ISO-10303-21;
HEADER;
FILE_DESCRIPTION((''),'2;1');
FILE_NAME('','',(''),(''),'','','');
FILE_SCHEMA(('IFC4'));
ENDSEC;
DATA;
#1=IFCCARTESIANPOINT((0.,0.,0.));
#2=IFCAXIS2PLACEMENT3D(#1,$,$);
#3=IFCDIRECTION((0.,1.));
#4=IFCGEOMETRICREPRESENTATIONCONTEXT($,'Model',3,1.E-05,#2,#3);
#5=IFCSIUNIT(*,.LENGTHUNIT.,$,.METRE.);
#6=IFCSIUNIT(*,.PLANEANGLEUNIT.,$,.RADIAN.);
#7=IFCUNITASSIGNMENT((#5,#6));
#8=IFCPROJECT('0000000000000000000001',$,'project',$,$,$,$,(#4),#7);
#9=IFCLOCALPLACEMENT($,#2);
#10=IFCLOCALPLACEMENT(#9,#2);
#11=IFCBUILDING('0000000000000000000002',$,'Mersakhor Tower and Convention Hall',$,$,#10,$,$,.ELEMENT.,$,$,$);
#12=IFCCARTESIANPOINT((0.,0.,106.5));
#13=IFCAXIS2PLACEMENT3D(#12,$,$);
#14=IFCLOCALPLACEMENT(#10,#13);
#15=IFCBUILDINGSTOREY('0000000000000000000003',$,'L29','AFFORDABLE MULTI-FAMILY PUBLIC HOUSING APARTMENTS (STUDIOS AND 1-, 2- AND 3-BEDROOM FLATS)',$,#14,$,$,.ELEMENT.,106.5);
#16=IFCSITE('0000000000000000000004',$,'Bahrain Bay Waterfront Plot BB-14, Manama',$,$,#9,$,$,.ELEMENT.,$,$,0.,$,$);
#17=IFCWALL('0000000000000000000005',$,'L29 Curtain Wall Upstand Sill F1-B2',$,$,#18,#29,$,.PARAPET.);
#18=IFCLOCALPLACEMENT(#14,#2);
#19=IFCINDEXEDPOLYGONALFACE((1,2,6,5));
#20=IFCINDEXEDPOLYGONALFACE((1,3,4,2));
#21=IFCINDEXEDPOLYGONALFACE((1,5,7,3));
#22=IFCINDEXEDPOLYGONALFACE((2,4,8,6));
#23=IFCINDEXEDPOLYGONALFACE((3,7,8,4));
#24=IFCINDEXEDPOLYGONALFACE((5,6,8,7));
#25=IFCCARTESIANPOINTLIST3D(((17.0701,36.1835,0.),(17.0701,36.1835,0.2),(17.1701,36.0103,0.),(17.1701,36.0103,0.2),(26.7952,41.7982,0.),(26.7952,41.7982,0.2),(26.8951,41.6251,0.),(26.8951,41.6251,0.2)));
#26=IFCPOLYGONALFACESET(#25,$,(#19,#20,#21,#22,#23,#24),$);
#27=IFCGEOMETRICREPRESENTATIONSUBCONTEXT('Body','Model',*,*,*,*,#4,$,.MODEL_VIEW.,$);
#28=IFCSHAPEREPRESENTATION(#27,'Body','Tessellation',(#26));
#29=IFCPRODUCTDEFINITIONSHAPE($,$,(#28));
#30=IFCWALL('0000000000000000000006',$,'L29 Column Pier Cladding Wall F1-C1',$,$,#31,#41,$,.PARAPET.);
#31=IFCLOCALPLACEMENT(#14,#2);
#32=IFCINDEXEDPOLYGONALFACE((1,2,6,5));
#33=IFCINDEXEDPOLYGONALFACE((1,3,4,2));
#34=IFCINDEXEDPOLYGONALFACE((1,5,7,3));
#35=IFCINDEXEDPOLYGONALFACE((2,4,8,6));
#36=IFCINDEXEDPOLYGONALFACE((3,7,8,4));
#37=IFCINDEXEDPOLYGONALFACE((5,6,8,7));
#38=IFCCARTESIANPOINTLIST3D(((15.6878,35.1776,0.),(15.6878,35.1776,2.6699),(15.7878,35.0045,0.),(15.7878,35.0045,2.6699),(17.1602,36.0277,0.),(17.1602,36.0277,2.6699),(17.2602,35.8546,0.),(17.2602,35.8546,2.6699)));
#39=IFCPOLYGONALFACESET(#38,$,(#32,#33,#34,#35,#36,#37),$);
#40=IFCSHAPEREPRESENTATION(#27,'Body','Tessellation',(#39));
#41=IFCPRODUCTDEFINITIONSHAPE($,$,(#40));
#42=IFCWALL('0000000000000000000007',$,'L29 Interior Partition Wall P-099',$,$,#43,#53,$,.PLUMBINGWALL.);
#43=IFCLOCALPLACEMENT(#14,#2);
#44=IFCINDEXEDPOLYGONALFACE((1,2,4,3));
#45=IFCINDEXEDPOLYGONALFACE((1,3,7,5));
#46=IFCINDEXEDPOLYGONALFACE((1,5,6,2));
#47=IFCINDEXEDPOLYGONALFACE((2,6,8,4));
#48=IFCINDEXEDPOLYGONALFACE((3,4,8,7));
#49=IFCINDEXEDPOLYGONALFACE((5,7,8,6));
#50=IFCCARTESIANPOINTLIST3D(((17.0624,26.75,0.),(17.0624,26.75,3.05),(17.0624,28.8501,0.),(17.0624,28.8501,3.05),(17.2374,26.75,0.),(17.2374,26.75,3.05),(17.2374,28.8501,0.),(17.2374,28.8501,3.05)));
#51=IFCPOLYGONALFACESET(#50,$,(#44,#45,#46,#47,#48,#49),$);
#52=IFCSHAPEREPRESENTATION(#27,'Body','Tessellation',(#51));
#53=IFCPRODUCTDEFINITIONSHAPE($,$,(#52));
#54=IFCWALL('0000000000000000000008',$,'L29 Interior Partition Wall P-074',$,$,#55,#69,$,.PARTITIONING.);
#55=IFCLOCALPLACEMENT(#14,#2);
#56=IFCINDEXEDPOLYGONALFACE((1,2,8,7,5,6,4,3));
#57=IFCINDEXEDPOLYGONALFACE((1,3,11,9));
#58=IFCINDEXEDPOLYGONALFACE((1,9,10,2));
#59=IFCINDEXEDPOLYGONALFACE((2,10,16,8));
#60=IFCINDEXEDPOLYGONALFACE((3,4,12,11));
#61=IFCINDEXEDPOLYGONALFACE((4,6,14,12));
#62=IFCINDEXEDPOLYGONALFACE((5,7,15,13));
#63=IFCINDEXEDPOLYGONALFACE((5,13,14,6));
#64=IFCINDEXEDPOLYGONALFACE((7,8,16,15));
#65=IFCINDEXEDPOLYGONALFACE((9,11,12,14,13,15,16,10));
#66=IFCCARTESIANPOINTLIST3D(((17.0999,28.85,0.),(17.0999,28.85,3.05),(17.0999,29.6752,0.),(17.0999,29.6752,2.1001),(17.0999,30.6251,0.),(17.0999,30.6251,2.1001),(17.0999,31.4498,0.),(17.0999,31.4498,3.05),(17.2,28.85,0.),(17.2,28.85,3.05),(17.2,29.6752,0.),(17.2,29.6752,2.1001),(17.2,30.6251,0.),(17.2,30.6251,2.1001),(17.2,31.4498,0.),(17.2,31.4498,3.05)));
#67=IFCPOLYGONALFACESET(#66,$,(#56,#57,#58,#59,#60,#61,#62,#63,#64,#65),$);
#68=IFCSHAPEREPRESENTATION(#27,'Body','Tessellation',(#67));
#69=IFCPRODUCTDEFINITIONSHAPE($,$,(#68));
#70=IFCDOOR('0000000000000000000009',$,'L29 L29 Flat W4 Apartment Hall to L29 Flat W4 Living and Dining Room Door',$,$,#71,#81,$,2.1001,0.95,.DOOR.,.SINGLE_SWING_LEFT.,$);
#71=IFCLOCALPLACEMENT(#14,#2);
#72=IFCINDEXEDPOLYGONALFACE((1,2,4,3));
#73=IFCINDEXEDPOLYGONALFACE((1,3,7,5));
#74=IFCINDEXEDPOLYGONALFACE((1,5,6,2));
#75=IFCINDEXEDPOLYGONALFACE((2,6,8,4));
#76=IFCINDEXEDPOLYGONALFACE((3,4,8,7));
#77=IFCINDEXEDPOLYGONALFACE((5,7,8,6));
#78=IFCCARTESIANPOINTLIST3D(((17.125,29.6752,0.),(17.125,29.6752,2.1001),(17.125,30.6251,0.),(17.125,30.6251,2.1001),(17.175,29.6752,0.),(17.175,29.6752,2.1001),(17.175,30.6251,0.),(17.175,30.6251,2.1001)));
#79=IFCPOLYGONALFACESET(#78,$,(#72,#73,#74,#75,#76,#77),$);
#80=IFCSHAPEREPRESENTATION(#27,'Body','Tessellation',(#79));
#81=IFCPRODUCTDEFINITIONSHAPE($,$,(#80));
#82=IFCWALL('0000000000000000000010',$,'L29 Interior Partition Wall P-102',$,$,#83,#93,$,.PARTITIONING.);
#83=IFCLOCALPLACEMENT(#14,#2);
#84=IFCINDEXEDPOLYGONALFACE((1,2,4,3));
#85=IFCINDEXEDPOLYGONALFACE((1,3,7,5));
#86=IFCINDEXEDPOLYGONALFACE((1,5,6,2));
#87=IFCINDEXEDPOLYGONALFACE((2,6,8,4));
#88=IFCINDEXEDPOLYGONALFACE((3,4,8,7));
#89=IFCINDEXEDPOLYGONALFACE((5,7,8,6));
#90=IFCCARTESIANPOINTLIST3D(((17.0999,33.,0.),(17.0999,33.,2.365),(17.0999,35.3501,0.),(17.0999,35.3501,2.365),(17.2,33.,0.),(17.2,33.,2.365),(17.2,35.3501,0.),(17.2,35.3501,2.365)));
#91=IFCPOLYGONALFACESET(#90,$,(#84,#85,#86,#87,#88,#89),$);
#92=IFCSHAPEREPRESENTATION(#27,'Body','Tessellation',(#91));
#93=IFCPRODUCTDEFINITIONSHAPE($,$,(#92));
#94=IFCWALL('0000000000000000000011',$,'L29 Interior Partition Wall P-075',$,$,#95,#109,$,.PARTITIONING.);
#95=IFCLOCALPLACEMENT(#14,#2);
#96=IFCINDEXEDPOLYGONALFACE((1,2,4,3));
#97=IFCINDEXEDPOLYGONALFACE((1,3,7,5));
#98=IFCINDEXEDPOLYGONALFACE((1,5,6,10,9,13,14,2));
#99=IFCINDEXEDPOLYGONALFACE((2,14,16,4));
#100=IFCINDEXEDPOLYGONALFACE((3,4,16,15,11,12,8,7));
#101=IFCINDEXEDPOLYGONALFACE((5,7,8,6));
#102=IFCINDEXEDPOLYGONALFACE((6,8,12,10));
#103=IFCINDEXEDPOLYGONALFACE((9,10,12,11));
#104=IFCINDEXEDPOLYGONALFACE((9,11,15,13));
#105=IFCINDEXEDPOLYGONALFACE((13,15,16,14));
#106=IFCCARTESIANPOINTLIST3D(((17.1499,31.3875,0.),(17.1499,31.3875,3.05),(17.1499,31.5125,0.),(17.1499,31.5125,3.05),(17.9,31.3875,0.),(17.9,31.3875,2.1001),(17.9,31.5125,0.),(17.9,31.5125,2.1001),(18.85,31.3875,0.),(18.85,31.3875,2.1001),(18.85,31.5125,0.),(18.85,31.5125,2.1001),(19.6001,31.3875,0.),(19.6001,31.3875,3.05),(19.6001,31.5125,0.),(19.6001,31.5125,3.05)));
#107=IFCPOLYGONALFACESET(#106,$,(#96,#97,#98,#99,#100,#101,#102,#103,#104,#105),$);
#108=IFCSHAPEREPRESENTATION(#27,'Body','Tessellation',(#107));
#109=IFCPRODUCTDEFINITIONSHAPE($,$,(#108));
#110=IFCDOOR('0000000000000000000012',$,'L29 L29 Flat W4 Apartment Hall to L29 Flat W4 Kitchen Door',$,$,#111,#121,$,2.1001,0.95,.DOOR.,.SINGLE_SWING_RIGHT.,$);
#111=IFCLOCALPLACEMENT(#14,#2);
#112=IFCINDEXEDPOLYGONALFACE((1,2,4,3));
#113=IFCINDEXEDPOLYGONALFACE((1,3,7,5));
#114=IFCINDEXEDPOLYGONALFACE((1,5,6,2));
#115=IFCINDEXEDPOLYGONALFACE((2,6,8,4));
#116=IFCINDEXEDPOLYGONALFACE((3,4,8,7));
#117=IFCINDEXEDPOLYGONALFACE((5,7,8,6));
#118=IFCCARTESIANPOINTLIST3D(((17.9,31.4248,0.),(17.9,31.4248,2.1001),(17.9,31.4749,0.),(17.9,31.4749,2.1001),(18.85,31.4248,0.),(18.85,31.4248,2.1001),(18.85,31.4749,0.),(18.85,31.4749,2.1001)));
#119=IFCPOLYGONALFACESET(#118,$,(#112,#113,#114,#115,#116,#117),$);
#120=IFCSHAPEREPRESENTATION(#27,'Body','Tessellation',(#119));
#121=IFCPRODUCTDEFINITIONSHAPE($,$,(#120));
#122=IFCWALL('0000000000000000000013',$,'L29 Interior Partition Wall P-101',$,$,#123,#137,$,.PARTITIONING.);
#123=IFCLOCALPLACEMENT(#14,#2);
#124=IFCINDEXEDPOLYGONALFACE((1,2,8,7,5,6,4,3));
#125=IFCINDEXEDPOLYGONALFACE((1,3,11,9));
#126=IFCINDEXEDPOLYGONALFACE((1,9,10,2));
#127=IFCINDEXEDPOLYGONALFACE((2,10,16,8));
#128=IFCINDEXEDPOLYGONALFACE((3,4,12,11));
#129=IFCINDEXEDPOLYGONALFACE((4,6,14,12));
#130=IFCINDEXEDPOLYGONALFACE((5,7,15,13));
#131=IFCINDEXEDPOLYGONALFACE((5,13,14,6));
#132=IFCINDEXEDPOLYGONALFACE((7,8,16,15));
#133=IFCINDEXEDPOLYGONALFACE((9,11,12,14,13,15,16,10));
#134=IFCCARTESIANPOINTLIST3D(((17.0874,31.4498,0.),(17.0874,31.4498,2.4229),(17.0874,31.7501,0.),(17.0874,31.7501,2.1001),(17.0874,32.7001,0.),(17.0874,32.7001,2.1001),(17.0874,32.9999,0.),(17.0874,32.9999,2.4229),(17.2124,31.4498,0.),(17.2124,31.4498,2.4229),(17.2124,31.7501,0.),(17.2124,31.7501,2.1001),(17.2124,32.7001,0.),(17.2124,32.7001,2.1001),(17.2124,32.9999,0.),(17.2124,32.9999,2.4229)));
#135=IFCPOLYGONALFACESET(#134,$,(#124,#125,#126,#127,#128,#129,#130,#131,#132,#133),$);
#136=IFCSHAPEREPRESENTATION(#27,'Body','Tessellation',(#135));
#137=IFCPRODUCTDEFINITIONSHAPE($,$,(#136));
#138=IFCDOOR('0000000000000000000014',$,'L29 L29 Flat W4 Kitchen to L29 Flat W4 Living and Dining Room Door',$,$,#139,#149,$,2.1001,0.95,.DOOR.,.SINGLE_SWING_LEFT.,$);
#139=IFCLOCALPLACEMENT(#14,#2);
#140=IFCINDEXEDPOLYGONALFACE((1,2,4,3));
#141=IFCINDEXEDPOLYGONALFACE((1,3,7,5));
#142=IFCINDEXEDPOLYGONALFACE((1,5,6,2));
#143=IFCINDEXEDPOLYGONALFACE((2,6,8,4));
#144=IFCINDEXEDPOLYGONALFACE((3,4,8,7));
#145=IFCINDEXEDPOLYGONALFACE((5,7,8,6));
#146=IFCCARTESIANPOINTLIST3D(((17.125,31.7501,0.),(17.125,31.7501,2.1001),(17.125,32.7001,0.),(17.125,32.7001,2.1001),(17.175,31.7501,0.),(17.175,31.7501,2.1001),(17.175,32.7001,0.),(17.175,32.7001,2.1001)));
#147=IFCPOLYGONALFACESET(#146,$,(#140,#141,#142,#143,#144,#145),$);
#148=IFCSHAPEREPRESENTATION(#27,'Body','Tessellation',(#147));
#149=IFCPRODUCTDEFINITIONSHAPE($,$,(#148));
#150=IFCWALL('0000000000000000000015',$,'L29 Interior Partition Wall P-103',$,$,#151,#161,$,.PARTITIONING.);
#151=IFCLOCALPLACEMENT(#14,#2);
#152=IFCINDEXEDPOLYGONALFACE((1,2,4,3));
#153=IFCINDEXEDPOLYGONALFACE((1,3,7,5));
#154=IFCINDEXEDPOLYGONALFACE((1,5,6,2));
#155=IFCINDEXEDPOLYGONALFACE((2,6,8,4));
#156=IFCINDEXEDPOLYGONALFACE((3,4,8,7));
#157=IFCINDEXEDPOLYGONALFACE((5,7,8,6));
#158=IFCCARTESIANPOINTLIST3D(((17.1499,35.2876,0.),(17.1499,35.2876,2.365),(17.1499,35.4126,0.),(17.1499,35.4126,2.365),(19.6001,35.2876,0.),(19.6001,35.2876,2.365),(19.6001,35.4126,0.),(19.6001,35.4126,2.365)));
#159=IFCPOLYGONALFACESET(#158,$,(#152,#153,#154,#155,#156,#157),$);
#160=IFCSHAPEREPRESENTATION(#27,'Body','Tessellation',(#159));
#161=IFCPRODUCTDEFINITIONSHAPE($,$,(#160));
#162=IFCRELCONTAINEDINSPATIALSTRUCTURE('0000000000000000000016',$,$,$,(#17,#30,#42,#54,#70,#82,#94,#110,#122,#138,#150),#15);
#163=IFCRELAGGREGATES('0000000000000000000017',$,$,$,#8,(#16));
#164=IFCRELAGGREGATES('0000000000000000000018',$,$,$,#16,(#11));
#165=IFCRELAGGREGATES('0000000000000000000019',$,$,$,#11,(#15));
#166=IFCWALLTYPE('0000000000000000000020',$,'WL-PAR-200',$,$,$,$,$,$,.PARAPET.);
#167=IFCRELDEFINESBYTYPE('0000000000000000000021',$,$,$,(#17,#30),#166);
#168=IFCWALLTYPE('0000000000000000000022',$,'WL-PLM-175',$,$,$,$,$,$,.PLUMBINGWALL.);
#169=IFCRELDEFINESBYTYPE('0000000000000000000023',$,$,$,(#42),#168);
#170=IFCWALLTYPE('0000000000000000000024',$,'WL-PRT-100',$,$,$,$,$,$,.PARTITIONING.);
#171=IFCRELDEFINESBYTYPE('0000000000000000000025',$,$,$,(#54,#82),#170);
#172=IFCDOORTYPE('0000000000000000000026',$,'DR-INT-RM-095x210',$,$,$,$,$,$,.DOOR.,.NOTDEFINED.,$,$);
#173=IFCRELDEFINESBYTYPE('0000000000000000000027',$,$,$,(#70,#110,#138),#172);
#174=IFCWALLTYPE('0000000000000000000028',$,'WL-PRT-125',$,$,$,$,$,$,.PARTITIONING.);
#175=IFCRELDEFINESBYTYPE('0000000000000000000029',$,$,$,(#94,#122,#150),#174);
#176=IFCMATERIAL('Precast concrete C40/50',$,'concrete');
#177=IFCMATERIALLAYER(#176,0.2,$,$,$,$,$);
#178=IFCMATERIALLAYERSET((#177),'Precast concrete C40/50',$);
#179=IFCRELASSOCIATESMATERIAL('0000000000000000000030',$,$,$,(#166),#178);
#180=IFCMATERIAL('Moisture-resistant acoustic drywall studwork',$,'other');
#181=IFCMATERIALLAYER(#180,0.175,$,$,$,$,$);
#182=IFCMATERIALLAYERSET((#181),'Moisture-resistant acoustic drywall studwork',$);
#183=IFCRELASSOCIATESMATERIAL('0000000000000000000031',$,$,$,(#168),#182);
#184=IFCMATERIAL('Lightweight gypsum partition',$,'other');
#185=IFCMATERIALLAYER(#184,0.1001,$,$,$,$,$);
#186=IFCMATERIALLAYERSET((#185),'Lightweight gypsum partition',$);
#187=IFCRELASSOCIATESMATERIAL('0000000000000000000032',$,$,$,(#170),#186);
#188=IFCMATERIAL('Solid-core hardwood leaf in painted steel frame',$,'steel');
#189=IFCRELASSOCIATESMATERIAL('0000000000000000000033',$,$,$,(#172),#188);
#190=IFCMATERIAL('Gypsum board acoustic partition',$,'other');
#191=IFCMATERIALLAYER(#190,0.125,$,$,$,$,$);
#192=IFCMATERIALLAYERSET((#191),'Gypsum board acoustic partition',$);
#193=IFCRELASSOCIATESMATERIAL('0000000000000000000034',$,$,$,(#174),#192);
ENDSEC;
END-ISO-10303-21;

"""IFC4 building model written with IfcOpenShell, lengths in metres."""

from ifc_helpers import new_model, si_unit, direction, frame, frame_2d, origin, place, context, subcontext, project, spatial, rectangle, extrude, material, layer, layer_set, type_object, element, fill, save


model = new_model("IFC4")

# Units and contexts
model_context = context("Model", 3, precision=1e-05, world=origin(), true_north=direction((0.0, 1.0)))
body_context = subcontext(model_context, "Body", "Model", "MODEL_VIEW")
ifc_project = project(units=[si_unit("LENGTHUNIT", "METRE"), si_unit("PLANEANGLEUNIT", "RADIAN")], contexts=[model_context])

# Site, building, storey
site_placement = place(None, origin())
site = spatial("IfcSite", under=ifc_project, at=site_placement, Name="Bahrain Bay Waterfront Plot BB-14, Manama", CompositionType="ELEMENT", RefElevation=0.0)
building_placement = place(site_placement, origin())
building = spatial("IfcBuilding", under=site, at=building_placement, Name="Mersakhor Tower and Convention Hall", CompositionType="ELEMENT")
storey_placement = place(building_placement, frame((0.0, 0.0, 106.5)))
storey = spatial("IfcBuildingStorey", under=building, at=storey_placement, Name="L29", Description="AFFORDABLE MULTI-FAMILY PUBLIC HOUSING APARTMENTS (STUDIOS AND 1-, 2- AND 3-BEDROOM FLATS)", CompositionType="ELEMENT", Elevation=106.5)

# Walls
ifc_material_1 = material(Name="Precast concrete C40/50", Category="concrete")
ifc_layer_1 = layer(ifc_material_1, 0.2)
ifc_layer_set_1 = layer_set([ifc_layer_1], Name="Precast concrete C40/50")
wall_type_1 = type_object("IfcWallType", Name="WL-PAR-200", PredefinedType="PARAPET", material=ifc_layer_set_1)
wall_1_placement = place(storey_placement, frame((17.1201, 36.0969, 0.0), z_axis=(0.0, 0.0, 1.0), x_axis=(0.866027, 0.499997, 0.0)))
element("IfcWall", 1, at=wall_1_placement, inside=storey, type_object=wall_type_1, Name="L29 Curtain Wall Upstand Sill F1-B2", PredefinedType="PARAPET", context=body_context, shape_type="SweptSolid", body=[
    extrude(rectangle(XDim=11.2295, YDim=0.2, at=frame_2d((5.6147, 0.0))), origin(), (0.0, 0.0, 1.0), 0.2),
])
wall_2_placement = place(storey_placement, frame((15.7378, 35.0911, 0.0), z_axis=(0.0, 0.0, 1.0), x_axis=(0.866025, 0.5, 0.0)))
element("IfcWall", 2, at=wall_2_placement, inside=storey, type_object=wall_type_1, Name="L29 Column Pier Cladding Wall F1-C1", PredefinedType="PARAPET", context=body_context, shape_type="SweptSolid", body=[
    extrude(rectangle(XDim=1.7002, YDim=0.2, at=frame_2d((0.8501, 0.0))), origin(), (0.0, 0.0, 1.0), 2.6699),
])
ifc_material_2 = material(Name="Moisture-resistant acoustic drywall studwork", Category="other")
ifc_layer_2 = layer(ifc_material_2, 0.175)
ifc_layer_set_2 = layer_set([ifc_layer_2], Name="Moisture-resistant acoustic drywall studwork")
wall_type_2 = type_object("IfcWallType", Name="WL-PLM-175", PredefinedType="PLUMBINGWALL", material=ifc_layer_set_2)
wall_3_placement = place(storey_placement, frame((17.1499, 26.75, 0.0), z_axis=(0.0, 0.0, 1.0), x_axis=(0.0, 1.0, 0.0)))
element("IfcWall", 3, at=wall_3_placement, inside=storey, type_object=wall_type_2, Name="L29 Interior Partition Wall P-099", PredefinedType="PLUMBINGWALL", context=body_context, shape_type="SweptSolid", body=[
    extrude(rectangle(XDim=2.1001, YDim=0.175, at=frame_2d((1.05, 0.0))), origin(), (0.0, 0.0, 1.0), 3.05),
])

# Wall, opening, door
ifc_material_3 = material(Name="Lightweight gypsum partition", Category="other")
ifc_layer_3 = layer(ifc_material_3, 0.1001)
ifc_layer_set_3 = layer_set([ifc_layer_3], Name="Lightweight gypsum partition")
wall_type_3 = type_object("IfcWallType", Name="WL-PRT-100", PredefinedType="PARTITIONING", material=ifc_layer_set_3)
wall_4_placement = place(storey_placement, frame((17.1499, 28.8501, 0.0), z_axis=(0.0, 0.0, 1.0), x_axis=(0.0, 1.0, 0.0)))
wall_4 = element("IfcWall", 4, at=wall_4_placement, inside=storey, type_object=wall_type_3, Name="L29 Interior Partition Wall P-074", PredefinedType="PARTITIONING", context=body_context, shape_type="SweptSolid", body=[
    extrude(rectangle(XDim=2.5999, YDim=0.1001, at=frame_2d((1.2998, 0.0))), origin(), (0.0, 0.0, 1.0), 3.05),
])
opening_1_placement = place(wall_4_placement, frame((0.825, 0.0, 0.0)))
opening_1 = element("IfcOpeningElement", 5, at=opening_1_placement, cuts=wall_4, PredefinedType="OPENING", context=body_context, shape_type="SweptSolid", body=[
    extrude(rectangle(XDim=0.95, YDim=2.1001, at=frame_2d((0.4751, 1.05))), frame((0.0, 0.0601, 0.0), z_axis=(0.0, -1.0, 0.0), x_axis=(1.0, 0.0, 0.0)), (0.0, 0.0, 1.0), 0.1201),
])
ifc_material_4 = material(Name="Solid-core hardwood leaf in painted steel frame", Category="steel")
door_type_1 = type_object("IfcDoorType", Name="DR-INT-RM-095x210", OperationType="NOTDEFINED", PredefinedType="DOOR", material=ifc_material_4)
door_1_placement = place(opening_1_placement, origin())
door_1 = element("IfcDoor", 6, at=door_1_placement, inside=storey, type_object=door_type_1, Name="L29 L29 Flat W4 Apartment Hall to L29 Flat W4 Living and Dining Room Door", OperationType="SINGLE_SWING_LEFT", OverallHeight=2.1001, OverallWidth=0.95, PredefinedType="DOOR", context=body_context, shape_type="SweptSolid", body=[
    extrude(rectangle(XDim=0.95, YDim=2.1001, at=frame_2d((0.4751, 1.05))), frame((0.0, 0.0249, 0.0), z_axis=(0.0, -1.0, 0.0), x_axis=(1.0, 0.0, 0.0)), (0.0, 0.0, 1.0), 0.05),
])
fill(opening_1, door_1)

# Wall
wall_5_placement = place(storey_placement, frame((17.1499, 33.0, 0.0), z_axis=(0.0, 0.0, 1.0), x_axis=(0.0, 1.0, 0.0)))
element("IfcWall", 7, at=wall_5_placement, inside=storey, type_object=wall_type_3, Name="L29 Interior Partition Wall P-102", PredefinedType="PARTITIONING", context=body_context, shape_type="SweptSolid", body=[
    extrude(rectangle(XDim=2.3501, YDim=0.1001, at=frame_2d((1.175, 0.0))), origin(), (0.0, 0.0, 1.0), 2.365),
])

# Walls, openings, doors
ifc_material_5 = material(Name="Gypsum board acoustic partition", Category="other")
ifc_layer_4 = layer(ifc_material_5, 0.125)
ifc_layer_set_4 = layer_set([ifc_layer_4], Name="Gypsum board acoustic partition")
wall_type_4 = type_object("IfcWallType", Name="WL-PRT-125", PredefinedType="PARTITIONING", material=ifc_layer_set_4)
wall_6_placement = place(storey_placement, frame((17.1499, 31.45, 0.0), z_axis=(0.0, 0.0, 1.0), x_axis=(1.0, 0.0, 0.0)))
wall_6 = element("IfcWall", 8, at=wall_6_placement, inside=storey, type_object=wall_type_4, Name="L29 Interior Partition Wall P-075", PredefinedType="PARTITIONING", context=body_context, shape_type="SweptSolid", body=[
    extrude(rectangle(XDim=2.4502, YDim=0.125, at=frame_2d((1.2251, 0.0))), origin(), (0.0, 0.0, 1.0), 3.05),
])
opening_2_placement = place(wall_6_placement, frame((0.75, 0.0, 0.0)))
opening_2 = element("IfcOpeningElement", 9, at=opening_2_placement, cuts=wall_6, PredefinedType="OPENING", context=body_context, shape_type="SweptSolid", body=[
    extrude(rectangle(XDim=0.95, YDim=2.1001, at=frame_2d((0.4751, 1.05))), frame((0.0, 0.0725, 0.0), z_axis=(0.0, -1.0, 0.0), x_axis=(1.0, 0.0, 0.0)), (0.0, 0.0, 1.0), 0.145),
])
door_2_placement = place(opening_2_placement, origin())
door_2 = element("IfcDoor", 10, at=door_2_placement, inside=storey, type_object=door_type_1, Name="L29 L29 Flat W4 Apartment Hall to L29 Flat W4 Kitchen Door", OperationType="SINGLE_SWING_RIGHT", OverallHeight=2.1001, OverallWidth=0.95, PredefinedType="DOOR", context=body_context, shape_type="SweptSolid", body=[
    extrude(rectangle(XDim=0.95, YDim=2.1001, at=frame_2d((0.4751, 1.05))), frame((0.0, 0.0249, 0.0), z_axis=(0.0, -1.0, 0.0), x_axis=(1.0, 0.0, 0.0)), (0.0, 0.0, 1.0), 0.05),
])
fill(opening_2, door_2)
wall_7_placement = place(storey_placement, frame((17.1499, 31.45, 0.0), z_axis=(0.0, 0.0, 1.0), x_axis=(0.0, 1.0, 0.0)))
wall_7 = element("IfcWall", 11, at=wall_7_placement, inside=storey, type_object=wall_type_4, Name="L29 Interior Partition Wall P-101", PredefinedType="PARTITIONING", context=body_context, shape_type="SweptSolid", body=[
    extrude(rectangle(XDim=1.55, YDim=0.125, at=frame_2d((0.7749, 0.0))), origin(), (0.0, 0.0, 1.0), 2.4229),
])
opening_3_placement = place(wall_7_placement, frame((0.3, 0.0, 0.0)))
opening_3 = element("IfcOpeningElement", 12, at=opening_3_placement, cuts=wall_7, PredefinedType="OPENING", context=body_context, shape_type="SweptSolid", body=[
    extrude(rectangle(XDim=0.95, YDim=2.1001, at=frame_2d((0.4751, 1.05))), frame((0.0, 0.0725, 0.0), z_axis=(0.0, -1.0, 0.0), x_axis=(1.0, 0.0, 0.0)), (0.0, 0.0, 1.0), 0.145),
])
door_3_placement = place(opening_3_placement, origin())
door_3 = element("IfcDoor", 13, at=door_3_placement, inside=storey, type_object=door_type_1, Name="L29 L29 Flat W4 Kitchen to L29 Flat W4 Living and Dining Room Door", OperationType="SINGLE_SWING_LEFT", OverallHeight=2.1001, OverallWidth=0.95, PredefinedType="DOOR", context=body_context, shape_type="SweptSolid", body=[
    extrude(rectangle(XDim=0.95, YDim=2.1001, at=frame_2d((0.4751, 1.05))), frame((0.0, 0.0249, 0.0), z_axis=(0.0, -1.0, 0.0), x_axis=(1.0, 0.0, 0.0)), (0.0, 0.0, 1.0), 0.05),
])
fill(opening_3, door_3)

# Wall
wall_8_placement = place(storey_placement, frame((17.1499, 35.3501, 0.0), z_axis=(0.0, 0.0, 1.0), x_axis=(1.0, 0.0, 0.0)))
element("IfcWall", 14, at=wall_8_placement, inside=storey, type_object=wall_type_4, Name="L29 Interior Partition Wall P-103", PredefinedType="PARTITIONING", context=body_context, shape_type="SweptSolid", body=[
    extrude(rectangle(XDim=2.4502, YDim=0.125, at=frame_2d((1.2251, 0.0))), origin(), (0.0, 0.0, 1.0), 2.365),
])

save(model, "model.ifc")
